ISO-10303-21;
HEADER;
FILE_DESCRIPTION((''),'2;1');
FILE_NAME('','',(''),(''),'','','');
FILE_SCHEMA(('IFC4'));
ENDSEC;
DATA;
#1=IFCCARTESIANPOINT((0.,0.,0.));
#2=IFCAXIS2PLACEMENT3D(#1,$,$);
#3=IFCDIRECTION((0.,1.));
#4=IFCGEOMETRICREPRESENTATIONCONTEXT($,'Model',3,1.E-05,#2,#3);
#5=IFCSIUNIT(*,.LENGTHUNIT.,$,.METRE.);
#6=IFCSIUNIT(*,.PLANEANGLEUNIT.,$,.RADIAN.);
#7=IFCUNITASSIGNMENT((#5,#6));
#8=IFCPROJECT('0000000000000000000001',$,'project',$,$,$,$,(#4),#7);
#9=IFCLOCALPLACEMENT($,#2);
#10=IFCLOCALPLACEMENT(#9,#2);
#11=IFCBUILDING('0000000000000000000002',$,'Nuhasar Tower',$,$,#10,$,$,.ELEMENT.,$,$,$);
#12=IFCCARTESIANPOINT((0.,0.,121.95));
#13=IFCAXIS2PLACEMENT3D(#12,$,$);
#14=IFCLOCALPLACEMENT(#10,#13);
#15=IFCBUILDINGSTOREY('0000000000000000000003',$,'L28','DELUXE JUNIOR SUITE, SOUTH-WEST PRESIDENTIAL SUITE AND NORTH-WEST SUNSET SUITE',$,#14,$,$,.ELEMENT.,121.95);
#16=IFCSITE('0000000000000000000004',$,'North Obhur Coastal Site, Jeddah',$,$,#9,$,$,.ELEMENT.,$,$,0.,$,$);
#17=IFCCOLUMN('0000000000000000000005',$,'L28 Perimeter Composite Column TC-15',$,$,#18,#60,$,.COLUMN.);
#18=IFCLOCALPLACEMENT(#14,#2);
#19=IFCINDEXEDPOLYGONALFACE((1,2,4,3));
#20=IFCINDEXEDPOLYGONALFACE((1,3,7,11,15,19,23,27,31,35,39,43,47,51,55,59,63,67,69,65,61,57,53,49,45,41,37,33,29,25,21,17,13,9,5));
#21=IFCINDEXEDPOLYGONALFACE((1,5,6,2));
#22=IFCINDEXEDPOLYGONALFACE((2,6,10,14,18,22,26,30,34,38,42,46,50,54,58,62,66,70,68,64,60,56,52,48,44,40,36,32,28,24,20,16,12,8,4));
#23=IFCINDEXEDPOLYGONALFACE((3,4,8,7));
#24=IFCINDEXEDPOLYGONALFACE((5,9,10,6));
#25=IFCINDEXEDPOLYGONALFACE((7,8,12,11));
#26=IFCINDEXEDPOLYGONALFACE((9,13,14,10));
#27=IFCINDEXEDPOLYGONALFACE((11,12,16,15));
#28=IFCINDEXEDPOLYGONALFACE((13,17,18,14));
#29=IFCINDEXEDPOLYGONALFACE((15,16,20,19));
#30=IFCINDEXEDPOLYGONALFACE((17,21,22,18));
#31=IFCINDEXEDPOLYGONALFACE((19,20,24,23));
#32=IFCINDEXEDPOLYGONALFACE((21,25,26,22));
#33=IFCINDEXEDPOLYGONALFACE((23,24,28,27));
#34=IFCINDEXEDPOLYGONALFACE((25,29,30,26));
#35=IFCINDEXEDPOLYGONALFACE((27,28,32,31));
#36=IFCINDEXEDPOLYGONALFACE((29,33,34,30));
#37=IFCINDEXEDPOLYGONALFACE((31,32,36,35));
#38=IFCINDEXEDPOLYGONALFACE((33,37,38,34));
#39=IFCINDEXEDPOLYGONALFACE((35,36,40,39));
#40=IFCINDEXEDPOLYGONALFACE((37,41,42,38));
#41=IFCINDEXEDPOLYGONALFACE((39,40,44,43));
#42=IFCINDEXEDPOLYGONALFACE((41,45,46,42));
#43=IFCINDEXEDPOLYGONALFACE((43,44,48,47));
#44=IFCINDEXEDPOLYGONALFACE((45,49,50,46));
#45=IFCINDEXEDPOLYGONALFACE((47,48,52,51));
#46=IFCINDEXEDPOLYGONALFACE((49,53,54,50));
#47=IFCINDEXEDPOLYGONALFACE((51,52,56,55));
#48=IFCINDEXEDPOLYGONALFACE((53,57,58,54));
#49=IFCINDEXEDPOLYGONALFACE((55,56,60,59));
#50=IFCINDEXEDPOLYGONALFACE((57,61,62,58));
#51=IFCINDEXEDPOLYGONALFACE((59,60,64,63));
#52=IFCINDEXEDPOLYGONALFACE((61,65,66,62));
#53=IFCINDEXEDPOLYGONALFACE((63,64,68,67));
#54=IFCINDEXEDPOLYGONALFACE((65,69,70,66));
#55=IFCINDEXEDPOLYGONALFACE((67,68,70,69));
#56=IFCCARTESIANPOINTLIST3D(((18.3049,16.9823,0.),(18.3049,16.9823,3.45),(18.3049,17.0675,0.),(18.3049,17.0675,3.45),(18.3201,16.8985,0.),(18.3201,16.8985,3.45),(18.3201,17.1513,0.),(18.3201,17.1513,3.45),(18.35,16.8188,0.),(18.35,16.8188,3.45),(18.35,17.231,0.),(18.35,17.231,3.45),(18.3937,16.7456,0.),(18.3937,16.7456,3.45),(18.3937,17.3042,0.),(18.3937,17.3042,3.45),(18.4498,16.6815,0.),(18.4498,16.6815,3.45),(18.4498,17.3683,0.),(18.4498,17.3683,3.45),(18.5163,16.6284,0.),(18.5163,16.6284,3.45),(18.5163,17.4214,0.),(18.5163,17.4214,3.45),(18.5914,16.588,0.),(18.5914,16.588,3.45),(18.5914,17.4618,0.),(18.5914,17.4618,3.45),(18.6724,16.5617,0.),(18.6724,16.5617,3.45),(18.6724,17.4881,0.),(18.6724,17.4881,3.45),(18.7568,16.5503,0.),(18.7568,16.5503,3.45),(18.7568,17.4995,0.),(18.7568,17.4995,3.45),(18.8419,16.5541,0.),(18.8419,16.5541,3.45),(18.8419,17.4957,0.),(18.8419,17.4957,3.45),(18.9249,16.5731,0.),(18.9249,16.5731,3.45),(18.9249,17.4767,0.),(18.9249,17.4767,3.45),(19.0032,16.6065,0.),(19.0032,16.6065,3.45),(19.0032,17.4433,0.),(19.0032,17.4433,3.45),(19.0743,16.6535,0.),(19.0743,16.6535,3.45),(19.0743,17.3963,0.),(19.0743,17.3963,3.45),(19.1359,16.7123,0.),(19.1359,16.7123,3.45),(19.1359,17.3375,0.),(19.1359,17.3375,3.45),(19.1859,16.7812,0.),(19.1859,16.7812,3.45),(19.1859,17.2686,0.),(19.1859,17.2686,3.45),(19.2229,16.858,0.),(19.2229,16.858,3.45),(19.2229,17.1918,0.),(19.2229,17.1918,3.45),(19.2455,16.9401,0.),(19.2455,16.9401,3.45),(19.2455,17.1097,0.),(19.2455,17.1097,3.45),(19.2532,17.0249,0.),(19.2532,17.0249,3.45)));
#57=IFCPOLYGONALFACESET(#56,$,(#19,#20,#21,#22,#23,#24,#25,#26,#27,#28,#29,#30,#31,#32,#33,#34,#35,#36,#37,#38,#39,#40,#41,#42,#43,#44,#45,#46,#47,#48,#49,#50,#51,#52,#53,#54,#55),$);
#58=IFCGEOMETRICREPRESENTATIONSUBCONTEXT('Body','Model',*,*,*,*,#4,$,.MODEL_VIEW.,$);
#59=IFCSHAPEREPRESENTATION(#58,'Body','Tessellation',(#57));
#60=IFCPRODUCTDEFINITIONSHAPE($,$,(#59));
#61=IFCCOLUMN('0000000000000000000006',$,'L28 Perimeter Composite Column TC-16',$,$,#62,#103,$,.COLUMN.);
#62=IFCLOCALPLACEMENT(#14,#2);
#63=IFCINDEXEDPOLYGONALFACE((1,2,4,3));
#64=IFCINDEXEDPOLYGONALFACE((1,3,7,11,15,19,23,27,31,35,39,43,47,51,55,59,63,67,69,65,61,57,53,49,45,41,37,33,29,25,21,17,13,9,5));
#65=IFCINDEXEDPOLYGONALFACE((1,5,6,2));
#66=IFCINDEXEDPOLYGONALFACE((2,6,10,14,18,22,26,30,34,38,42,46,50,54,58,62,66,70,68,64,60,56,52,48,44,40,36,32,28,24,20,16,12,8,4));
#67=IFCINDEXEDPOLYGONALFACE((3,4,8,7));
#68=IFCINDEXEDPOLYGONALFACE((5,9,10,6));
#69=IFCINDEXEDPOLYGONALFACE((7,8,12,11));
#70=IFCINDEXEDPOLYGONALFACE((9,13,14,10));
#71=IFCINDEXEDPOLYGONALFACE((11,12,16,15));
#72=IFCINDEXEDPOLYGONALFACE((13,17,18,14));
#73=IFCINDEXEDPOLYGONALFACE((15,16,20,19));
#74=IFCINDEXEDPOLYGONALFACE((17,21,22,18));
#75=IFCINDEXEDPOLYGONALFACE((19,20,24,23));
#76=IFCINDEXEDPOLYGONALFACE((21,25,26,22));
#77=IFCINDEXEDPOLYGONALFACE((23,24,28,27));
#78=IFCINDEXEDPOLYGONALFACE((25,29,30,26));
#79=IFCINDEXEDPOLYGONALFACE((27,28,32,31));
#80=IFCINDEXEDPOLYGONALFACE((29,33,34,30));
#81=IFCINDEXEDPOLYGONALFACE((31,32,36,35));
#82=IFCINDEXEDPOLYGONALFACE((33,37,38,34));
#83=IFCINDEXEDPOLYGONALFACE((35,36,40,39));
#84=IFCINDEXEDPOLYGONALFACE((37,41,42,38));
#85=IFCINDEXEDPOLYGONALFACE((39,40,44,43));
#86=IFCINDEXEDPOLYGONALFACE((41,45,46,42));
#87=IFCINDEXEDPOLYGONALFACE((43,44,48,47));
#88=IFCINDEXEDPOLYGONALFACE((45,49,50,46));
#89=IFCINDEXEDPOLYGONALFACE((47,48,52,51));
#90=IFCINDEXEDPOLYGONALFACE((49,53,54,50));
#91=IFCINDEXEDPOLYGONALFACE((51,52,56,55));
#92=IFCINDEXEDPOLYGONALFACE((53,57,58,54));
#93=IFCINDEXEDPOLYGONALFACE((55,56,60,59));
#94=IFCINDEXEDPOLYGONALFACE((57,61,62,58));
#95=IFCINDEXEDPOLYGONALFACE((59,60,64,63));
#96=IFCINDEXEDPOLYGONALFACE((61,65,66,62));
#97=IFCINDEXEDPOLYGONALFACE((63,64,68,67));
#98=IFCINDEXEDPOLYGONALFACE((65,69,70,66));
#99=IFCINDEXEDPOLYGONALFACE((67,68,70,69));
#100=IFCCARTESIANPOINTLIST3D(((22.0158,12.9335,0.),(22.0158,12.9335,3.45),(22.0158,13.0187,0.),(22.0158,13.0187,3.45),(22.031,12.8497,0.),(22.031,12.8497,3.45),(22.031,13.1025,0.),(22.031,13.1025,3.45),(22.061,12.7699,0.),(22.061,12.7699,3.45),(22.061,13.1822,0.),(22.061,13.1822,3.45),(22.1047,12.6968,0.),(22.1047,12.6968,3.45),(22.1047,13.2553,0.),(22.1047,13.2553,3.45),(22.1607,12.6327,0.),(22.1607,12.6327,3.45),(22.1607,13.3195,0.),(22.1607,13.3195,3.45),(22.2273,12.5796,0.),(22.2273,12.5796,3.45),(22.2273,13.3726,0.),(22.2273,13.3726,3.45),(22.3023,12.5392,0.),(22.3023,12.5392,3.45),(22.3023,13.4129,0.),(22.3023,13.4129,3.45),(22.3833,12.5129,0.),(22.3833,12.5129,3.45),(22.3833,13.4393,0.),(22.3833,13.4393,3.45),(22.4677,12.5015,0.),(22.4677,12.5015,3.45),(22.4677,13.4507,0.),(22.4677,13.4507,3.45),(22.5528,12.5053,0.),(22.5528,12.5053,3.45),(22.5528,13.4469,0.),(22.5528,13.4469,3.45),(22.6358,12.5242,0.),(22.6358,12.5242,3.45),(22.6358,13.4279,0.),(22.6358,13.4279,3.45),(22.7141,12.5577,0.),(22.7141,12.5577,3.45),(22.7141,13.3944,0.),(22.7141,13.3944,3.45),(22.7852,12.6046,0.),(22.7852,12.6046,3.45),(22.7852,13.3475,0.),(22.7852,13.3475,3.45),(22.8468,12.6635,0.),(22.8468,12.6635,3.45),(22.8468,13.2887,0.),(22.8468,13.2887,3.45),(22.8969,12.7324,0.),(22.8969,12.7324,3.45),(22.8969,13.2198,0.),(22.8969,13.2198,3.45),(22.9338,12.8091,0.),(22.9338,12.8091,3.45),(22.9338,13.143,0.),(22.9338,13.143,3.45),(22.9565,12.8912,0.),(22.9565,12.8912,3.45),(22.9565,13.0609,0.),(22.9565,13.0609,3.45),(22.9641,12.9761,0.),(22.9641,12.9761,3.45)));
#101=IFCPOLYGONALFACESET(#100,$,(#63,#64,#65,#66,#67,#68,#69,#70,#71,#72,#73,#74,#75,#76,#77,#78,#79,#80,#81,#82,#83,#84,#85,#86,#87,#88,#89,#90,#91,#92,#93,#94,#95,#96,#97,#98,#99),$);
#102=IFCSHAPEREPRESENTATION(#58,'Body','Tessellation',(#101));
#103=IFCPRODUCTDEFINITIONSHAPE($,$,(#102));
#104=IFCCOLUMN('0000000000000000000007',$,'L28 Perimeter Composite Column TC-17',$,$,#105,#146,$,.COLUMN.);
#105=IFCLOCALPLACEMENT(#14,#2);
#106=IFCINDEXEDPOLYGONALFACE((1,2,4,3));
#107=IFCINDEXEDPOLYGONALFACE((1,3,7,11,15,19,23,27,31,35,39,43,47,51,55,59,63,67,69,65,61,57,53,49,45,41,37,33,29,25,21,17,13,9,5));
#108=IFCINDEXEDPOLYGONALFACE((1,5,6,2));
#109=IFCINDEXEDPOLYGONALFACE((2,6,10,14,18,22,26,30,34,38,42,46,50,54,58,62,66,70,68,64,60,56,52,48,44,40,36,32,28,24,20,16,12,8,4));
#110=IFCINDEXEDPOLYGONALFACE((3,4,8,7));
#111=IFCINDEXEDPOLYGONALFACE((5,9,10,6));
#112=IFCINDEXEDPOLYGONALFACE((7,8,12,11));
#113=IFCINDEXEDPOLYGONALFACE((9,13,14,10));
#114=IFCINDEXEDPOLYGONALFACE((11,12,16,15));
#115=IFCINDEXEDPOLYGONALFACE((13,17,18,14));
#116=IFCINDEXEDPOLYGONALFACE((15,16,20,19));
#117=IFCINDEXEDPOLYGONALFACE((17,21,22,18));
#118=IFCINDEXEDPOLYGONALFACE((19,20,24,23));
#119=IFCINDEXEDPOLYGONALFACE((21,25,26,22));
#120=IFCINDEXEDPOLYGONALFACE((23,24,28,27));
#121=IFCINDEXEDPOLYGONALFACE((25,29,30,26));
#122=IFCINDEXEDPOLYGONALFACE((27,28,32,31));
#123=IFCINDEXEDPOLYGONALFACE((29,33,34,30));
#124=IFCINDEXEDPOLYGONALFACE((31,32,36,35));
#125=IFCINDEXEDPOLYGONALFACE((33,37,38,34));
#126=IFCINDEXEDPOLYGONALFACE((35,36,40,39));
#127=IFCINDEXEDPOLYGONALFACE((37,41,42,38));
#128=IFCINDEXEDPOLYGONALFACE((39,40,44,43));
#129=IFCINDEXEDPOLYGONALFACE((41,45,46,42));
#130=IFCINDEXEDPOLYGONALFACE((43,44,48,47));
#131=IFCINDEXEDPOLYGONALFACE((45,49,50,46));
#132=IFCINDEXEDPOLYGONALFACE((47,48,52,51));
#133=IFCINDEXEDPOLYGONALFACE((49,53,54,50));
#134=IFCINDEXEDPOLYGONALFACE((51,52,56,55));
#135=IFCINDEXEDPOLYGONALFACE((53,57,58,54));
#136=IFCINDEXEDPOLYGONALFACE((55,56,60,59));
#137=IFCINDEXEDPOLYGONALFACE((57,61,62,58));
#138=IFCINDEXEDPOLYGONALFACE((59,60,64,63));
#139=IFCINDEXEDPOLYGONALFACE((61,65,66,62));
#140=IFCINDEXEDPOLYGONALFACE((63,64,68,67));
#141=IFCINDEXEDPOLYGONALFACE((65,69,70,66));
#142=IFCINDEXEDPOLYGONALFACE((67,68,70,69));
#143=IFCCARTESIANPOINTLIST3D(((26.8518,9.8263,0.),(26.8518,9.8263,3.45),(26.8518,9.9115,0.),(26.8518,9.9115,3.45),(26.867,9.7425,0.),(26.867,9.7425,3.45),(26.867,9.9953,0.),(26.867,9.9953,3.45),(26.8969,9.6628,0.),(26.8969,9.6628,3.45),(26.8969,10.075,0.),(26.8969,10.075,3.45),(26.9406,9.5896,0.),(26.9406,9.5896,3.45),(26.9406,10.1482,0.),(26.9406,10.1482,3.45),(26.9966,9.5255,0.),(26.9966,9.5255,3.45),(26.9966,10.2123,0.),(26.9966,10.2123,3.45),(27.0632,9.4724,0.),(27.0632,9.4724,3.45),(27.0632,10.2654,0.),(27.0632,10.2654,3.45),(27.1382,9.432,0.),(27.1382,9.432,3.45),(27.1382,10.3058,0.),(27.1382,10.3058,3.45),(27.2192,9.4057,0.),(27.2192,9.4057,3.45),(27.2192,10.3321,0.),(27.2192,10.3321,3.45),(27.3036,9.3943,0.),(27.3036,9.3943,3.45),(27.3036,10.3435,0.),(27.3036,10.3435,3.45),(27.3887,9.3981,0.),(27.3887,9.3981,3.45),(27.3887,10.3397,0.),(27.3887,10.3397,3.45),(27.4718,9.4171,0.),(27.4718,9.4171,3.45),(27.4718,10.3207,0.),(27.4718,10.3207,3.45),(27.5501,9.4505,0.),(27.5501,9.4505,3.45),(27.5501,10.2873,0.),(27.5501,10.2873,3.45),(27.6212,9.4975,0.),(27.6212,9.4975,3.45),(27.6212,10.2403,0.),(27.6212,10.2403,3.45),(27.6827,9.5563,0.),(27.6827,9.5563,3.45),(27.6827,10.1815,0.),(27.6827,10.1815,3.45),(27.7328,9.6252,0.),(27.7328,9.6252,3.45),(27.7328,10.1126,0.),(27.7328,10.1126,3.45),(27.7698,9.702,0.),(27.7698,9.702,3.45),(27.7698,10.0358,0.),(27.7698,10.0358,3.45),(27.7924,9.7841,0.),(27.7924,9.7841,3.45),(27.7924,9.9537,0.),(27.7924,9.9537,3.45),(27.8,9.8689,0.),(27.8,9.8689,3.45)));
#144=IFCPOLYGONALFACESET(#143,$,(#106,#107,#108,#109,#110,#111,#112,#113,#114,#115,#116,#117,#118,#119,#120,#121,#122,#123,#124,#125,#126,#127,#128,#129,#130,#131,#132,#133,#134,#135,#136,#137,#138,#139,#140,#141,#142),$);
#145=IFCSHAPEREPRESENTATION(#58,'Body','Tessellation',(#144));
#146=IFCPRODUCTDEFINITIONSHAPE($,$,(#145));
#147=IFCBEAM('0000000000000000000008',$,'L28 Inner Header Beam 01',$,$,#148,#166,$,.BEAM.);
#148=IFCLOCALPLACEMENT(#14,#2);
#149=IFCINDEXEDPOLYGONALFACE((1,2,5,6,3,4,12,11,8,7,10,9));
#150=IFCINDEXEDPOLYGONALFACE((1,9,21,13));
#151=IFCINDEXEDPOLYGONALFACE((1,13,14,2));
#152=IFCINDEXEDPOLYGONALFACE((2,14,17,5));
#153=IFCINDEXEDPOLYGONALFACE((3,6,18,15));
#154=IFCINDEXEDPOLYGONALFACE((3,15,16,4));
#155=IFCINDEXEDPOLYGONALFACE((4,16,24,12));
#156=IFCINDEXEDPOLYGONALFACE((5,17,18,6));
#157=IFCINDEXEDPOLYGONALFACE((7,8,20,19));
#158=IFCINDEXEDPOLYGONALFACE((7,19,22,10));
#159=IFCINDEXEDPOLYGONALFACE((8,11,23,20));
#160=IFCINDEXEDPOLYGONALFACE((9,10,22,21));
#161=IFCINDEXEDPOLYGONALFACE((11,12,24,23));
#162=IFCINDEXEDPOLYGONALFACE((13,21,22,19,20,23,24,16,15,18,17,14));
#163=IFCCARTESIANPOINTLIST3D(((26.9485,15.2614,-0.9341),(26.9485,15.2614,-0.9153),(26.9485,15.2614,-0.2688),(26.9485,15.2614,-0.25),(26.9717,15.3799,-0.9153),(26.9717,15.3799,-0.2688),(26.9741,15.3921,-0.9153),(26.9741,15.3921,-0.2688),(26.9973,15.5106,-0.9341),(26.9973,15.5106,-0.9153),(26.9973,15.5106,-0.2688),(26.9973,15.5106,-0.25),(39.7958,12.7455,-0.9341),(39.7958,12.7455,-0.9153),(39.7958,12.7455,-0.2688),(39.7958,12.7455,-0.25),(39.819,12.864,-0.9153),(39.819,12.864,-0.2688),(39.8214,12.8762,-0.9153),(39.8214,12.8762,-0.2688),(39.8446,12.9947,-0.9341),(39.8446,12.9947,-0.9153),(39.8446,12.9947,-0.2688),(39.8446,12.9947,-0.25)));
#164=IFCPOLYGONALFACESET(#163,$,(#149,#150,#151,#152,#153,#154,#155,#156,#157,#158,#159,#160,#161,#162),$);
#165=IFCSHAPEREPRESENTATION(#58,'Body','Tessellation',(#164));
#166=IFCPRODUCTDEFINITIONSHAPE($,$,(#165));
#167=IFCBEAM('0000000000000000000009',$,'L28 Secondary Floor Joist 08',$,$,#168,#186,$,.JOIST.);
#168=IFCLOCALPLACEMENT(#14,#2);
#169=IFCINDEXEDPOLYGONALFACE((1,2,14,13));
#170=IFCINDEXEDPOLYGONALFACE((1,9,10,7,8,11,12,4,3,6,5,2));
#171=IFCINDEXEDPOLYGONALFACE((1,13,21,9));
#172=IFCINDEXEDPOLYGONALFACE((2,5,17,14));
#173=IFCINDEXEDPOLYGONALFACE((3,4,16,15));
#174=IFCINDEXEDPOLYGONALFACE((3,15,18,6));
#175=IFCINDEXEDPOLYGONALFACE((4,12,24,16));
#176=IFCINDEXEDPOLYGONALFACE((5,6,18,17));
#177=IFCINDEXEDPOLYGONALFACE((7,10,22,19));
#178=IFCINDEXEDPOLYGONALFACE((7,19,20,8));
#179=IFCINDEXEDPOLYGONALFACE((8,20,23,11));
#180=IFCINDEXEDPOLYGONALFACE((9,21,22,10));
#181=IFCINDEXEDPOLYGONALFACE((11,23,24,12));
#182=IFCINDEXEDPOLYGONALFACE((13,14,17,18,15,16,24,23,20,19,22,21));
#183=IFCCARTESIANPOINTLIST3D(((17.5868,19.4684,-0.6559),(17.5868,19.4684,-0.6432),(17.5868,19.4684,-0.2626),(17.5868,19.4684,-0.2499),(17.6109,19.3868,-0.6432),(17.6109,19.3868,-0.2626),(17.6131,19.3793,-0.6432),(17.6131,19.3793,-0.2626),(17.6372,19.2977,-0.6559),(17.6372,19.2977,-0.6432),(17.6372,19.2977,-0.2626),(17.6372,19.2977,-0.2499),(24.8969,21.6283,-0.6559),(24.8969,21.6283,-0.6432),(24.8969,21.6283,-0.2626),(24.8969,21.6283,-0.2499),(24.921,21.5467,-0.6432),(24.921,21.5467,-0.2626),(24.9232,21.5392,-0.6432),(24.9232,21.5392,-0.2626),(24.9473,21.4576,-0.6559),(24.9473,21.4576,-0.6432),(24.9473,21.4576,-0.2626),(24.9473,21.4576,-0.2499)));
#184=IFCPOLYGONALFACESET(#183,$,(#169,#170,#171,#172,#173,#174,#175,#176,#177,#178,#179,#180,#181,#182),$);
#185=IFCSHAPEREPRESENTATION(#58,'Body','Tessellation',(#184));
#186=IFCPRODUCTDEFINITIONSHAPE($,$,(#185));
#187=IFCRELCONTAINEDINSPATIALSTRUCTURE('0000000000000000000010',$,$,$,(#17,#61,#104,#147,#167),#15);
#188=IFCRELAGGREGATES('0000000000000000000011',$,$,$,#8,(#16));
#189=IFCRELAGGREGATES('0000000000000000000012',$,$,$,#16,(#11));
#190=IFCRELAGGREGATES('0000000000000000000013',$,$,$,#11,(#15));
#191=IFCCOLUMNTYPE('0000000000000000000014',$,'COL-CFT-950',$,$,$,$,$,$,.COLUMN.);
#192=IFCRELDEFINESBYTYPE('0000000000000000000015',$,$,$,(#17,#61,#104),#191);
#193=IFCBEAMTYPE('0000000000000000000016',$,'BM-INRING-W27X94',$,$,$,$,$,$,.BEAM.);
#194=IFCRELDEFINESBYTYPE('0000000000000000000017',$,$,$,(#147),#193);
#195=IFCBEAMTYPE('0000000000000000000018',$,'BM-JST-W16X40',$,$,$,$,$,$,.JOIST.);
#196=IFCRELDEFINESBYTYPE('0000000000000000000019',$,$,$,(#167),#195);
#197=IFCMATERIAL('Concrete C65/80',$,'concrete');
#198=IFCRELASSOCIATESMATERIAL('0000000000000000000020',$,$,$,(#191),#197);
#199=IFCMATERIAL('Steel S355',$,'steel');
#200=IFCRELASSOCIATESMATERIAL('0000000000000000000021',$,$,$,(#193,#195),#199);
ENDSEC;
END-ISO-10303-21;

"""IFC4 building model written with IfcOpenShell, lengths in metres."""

from ifc_helpers import new_model, si_unit, direction, frame, origin, origin_2d, place, context, subcontext, project, spatial, circle, i_section, extrude, material, material_profile, profile_set, type_object, element, save


model = new_model("IFC4")

# Units and contexts
model_context = context("Model", 3, precision=1e-05, world=origin(), true_north=direction((0.0, 1.0)))
body_context = subcontext(model_context, "Body", "Model", "MODEL_VIEW")
ifc_project = project(units=[si_unit("LENGTHUNIT", "METRE"), si_unit("PLANEANGLEUNIT", "RADIAN")], contexts=[model_context])

# Site, building, storey
site_placement = place(None, origin())
site = spatial("IfcSite", under=ifc_project, at=site_placement, Name="North Obhur Coastal Site, Jeddah", CompositionType="ELEMENT", RefElevation=0.0)
building_placement = place(site_placement, origin())
building = spatial("IfcBuilding", under=site, at=building_placement, Name="Nuhasar Tower", CompositionType="ELEMENT")
storey_placement = place(building_placement, frame((0.0, 0.0, 121.95)))
storey = spatial("IfcBuildingStorey", under=building, at=storey_placement, Name="L28", Description="DELUXE JUNIOR SUITE, SOUTH-WEST PRESIDENTIAL SUITE AND NORTH-WEST SUNSET SUITE", CompositionType="ELEMENT", Elevation=121.95)

# Columns
ifc_material_1 = material(Name="Concrete C65/80", Category="concrete")
ifc_material_profile_1 = material_profile(ifc_material_1, circle(Radius=0.4751, at=origin_2d()), Name="CFT950")
ifc_profile_set_1 = profile_set([ifc_material_profile_1], Name="Concrete C65/80")
column_type = type_object("IfcColumnType", Name="COL-CFT-950", PredefinedType="COLUMN", material=ifc_profile_set_1)
for number, where, z_axis, x_axis, name in (
    (1, (18.7781, 17.0249, 0.0), (0.0, 0.0, 1.0), (1.0, 0.0, 0.0), "L28 Perimeter Composite Column TC-15"),
    (2, (22.489, 12.9761, 0.0), (0.0, 0.0, 1.0), (1.0, 0.0, 0.0), "L28 Perimeter Composite Column TC-16"),
    (3, (27.325, 9.8689, 0.0), (0.0, 0.0, 1.0), (1.0, 0.0, 0.0), "L28 Perimeter Composite Column TC-17"),
):
    element("IfcColumn", number, at=place(storey_placement, frame(where, z_axis=z_axis, x_axis=x_axis)), inside=storey, type_object=column_type, Name=name, PredefinedType="COLUMN", context=body_context, shape_type="SweptSolid", body=[
        extrude(circle(Radius=0.4751, at=origin_2d()), origin(), (0.0, 0.0, 1.0), 3.45),
    ])

# Beams
ifc_material_2 = material(Name="Steel S355", Category="steel")
ifc_material_profile_2 = material_profile(ifc_material_2, i_section(OverallWidth=0.2539, OverallDepth=0.6841, WebThickness=0.0125, FlangeThickness=0.0188, at=origin_2d()), Name="W27X94")
ifc_profile_set_2 = profile_set([ifc_material_profile_2], Name="Steel S355")
beam_type_1 = type_object("IfcBeamType", Name="BM-INRING-W27X94", PredefinedType="BEAM", material=ifc_profile_set_2)
beam_1_placement = place(storey_placement, frame((26.9729, 15.386, -0.592), z_axis=(0.98136, -0.19218, 0.0), x_axis=(0.19218, 0.98136, 0.0)))
element("IfcBeam", 4, at=beam_1_placement, inside=storey, type_object=beam_type_1, Name="L28 Inner Header Beam 01", PredefinedType="BEAM", context=body_context, shape_type="SweptSolid", body=[
    extrude(i_section(OverallWidth=0.2539, OverallDepth=0.6841, WebThickness=0.0125, FlangeThickness=0.0188, at=origin_2d()), origin(), (0.0, 0.0, 1.0), 13.0913),
])
ifc_material_profile_3 = material_profile(ifc_material_2, i_section(OverallWidth=0.178, OverallDepth=0.406, WebThickness=0.0078, FlangeThickness=0.0127, at=origin_2d()), Name="W16X40")
ifc_profile_set_3 = profile_set([ifc_material_profile_3], Name="Steel S355")
beam_type_2 = type_object("IfcBeamType", Name="BM-JST-W16X40", PredefinedType="JOIST", material=ifc_profile_set_3)
beam_2_placement = place(storey_placement, frame((24.9221, 21.543, -0.4529), z_axis=(-0.959013, -0.283361, 0.0), x_axis=(0.283361, -0.959013, 0.0)))
element("IfcBeam", 5, at=beam_2_placement, inside=storey, type_object=beam_type_2, Name="L28 Secondary Floor Joist 08", PredefinedType="JOIST", context=body_context, shape_type="SweptSolid", body=[
    extrude(i_section(OverallWidth=0.178, OverallDepth=0.406, WebThickness=0.0078, FlangeThickness=0.0127, at=origin_2d()), origin(), (0.0, 0.0, 1.0), 7.6226),
])

save(model, "model.ifc")
